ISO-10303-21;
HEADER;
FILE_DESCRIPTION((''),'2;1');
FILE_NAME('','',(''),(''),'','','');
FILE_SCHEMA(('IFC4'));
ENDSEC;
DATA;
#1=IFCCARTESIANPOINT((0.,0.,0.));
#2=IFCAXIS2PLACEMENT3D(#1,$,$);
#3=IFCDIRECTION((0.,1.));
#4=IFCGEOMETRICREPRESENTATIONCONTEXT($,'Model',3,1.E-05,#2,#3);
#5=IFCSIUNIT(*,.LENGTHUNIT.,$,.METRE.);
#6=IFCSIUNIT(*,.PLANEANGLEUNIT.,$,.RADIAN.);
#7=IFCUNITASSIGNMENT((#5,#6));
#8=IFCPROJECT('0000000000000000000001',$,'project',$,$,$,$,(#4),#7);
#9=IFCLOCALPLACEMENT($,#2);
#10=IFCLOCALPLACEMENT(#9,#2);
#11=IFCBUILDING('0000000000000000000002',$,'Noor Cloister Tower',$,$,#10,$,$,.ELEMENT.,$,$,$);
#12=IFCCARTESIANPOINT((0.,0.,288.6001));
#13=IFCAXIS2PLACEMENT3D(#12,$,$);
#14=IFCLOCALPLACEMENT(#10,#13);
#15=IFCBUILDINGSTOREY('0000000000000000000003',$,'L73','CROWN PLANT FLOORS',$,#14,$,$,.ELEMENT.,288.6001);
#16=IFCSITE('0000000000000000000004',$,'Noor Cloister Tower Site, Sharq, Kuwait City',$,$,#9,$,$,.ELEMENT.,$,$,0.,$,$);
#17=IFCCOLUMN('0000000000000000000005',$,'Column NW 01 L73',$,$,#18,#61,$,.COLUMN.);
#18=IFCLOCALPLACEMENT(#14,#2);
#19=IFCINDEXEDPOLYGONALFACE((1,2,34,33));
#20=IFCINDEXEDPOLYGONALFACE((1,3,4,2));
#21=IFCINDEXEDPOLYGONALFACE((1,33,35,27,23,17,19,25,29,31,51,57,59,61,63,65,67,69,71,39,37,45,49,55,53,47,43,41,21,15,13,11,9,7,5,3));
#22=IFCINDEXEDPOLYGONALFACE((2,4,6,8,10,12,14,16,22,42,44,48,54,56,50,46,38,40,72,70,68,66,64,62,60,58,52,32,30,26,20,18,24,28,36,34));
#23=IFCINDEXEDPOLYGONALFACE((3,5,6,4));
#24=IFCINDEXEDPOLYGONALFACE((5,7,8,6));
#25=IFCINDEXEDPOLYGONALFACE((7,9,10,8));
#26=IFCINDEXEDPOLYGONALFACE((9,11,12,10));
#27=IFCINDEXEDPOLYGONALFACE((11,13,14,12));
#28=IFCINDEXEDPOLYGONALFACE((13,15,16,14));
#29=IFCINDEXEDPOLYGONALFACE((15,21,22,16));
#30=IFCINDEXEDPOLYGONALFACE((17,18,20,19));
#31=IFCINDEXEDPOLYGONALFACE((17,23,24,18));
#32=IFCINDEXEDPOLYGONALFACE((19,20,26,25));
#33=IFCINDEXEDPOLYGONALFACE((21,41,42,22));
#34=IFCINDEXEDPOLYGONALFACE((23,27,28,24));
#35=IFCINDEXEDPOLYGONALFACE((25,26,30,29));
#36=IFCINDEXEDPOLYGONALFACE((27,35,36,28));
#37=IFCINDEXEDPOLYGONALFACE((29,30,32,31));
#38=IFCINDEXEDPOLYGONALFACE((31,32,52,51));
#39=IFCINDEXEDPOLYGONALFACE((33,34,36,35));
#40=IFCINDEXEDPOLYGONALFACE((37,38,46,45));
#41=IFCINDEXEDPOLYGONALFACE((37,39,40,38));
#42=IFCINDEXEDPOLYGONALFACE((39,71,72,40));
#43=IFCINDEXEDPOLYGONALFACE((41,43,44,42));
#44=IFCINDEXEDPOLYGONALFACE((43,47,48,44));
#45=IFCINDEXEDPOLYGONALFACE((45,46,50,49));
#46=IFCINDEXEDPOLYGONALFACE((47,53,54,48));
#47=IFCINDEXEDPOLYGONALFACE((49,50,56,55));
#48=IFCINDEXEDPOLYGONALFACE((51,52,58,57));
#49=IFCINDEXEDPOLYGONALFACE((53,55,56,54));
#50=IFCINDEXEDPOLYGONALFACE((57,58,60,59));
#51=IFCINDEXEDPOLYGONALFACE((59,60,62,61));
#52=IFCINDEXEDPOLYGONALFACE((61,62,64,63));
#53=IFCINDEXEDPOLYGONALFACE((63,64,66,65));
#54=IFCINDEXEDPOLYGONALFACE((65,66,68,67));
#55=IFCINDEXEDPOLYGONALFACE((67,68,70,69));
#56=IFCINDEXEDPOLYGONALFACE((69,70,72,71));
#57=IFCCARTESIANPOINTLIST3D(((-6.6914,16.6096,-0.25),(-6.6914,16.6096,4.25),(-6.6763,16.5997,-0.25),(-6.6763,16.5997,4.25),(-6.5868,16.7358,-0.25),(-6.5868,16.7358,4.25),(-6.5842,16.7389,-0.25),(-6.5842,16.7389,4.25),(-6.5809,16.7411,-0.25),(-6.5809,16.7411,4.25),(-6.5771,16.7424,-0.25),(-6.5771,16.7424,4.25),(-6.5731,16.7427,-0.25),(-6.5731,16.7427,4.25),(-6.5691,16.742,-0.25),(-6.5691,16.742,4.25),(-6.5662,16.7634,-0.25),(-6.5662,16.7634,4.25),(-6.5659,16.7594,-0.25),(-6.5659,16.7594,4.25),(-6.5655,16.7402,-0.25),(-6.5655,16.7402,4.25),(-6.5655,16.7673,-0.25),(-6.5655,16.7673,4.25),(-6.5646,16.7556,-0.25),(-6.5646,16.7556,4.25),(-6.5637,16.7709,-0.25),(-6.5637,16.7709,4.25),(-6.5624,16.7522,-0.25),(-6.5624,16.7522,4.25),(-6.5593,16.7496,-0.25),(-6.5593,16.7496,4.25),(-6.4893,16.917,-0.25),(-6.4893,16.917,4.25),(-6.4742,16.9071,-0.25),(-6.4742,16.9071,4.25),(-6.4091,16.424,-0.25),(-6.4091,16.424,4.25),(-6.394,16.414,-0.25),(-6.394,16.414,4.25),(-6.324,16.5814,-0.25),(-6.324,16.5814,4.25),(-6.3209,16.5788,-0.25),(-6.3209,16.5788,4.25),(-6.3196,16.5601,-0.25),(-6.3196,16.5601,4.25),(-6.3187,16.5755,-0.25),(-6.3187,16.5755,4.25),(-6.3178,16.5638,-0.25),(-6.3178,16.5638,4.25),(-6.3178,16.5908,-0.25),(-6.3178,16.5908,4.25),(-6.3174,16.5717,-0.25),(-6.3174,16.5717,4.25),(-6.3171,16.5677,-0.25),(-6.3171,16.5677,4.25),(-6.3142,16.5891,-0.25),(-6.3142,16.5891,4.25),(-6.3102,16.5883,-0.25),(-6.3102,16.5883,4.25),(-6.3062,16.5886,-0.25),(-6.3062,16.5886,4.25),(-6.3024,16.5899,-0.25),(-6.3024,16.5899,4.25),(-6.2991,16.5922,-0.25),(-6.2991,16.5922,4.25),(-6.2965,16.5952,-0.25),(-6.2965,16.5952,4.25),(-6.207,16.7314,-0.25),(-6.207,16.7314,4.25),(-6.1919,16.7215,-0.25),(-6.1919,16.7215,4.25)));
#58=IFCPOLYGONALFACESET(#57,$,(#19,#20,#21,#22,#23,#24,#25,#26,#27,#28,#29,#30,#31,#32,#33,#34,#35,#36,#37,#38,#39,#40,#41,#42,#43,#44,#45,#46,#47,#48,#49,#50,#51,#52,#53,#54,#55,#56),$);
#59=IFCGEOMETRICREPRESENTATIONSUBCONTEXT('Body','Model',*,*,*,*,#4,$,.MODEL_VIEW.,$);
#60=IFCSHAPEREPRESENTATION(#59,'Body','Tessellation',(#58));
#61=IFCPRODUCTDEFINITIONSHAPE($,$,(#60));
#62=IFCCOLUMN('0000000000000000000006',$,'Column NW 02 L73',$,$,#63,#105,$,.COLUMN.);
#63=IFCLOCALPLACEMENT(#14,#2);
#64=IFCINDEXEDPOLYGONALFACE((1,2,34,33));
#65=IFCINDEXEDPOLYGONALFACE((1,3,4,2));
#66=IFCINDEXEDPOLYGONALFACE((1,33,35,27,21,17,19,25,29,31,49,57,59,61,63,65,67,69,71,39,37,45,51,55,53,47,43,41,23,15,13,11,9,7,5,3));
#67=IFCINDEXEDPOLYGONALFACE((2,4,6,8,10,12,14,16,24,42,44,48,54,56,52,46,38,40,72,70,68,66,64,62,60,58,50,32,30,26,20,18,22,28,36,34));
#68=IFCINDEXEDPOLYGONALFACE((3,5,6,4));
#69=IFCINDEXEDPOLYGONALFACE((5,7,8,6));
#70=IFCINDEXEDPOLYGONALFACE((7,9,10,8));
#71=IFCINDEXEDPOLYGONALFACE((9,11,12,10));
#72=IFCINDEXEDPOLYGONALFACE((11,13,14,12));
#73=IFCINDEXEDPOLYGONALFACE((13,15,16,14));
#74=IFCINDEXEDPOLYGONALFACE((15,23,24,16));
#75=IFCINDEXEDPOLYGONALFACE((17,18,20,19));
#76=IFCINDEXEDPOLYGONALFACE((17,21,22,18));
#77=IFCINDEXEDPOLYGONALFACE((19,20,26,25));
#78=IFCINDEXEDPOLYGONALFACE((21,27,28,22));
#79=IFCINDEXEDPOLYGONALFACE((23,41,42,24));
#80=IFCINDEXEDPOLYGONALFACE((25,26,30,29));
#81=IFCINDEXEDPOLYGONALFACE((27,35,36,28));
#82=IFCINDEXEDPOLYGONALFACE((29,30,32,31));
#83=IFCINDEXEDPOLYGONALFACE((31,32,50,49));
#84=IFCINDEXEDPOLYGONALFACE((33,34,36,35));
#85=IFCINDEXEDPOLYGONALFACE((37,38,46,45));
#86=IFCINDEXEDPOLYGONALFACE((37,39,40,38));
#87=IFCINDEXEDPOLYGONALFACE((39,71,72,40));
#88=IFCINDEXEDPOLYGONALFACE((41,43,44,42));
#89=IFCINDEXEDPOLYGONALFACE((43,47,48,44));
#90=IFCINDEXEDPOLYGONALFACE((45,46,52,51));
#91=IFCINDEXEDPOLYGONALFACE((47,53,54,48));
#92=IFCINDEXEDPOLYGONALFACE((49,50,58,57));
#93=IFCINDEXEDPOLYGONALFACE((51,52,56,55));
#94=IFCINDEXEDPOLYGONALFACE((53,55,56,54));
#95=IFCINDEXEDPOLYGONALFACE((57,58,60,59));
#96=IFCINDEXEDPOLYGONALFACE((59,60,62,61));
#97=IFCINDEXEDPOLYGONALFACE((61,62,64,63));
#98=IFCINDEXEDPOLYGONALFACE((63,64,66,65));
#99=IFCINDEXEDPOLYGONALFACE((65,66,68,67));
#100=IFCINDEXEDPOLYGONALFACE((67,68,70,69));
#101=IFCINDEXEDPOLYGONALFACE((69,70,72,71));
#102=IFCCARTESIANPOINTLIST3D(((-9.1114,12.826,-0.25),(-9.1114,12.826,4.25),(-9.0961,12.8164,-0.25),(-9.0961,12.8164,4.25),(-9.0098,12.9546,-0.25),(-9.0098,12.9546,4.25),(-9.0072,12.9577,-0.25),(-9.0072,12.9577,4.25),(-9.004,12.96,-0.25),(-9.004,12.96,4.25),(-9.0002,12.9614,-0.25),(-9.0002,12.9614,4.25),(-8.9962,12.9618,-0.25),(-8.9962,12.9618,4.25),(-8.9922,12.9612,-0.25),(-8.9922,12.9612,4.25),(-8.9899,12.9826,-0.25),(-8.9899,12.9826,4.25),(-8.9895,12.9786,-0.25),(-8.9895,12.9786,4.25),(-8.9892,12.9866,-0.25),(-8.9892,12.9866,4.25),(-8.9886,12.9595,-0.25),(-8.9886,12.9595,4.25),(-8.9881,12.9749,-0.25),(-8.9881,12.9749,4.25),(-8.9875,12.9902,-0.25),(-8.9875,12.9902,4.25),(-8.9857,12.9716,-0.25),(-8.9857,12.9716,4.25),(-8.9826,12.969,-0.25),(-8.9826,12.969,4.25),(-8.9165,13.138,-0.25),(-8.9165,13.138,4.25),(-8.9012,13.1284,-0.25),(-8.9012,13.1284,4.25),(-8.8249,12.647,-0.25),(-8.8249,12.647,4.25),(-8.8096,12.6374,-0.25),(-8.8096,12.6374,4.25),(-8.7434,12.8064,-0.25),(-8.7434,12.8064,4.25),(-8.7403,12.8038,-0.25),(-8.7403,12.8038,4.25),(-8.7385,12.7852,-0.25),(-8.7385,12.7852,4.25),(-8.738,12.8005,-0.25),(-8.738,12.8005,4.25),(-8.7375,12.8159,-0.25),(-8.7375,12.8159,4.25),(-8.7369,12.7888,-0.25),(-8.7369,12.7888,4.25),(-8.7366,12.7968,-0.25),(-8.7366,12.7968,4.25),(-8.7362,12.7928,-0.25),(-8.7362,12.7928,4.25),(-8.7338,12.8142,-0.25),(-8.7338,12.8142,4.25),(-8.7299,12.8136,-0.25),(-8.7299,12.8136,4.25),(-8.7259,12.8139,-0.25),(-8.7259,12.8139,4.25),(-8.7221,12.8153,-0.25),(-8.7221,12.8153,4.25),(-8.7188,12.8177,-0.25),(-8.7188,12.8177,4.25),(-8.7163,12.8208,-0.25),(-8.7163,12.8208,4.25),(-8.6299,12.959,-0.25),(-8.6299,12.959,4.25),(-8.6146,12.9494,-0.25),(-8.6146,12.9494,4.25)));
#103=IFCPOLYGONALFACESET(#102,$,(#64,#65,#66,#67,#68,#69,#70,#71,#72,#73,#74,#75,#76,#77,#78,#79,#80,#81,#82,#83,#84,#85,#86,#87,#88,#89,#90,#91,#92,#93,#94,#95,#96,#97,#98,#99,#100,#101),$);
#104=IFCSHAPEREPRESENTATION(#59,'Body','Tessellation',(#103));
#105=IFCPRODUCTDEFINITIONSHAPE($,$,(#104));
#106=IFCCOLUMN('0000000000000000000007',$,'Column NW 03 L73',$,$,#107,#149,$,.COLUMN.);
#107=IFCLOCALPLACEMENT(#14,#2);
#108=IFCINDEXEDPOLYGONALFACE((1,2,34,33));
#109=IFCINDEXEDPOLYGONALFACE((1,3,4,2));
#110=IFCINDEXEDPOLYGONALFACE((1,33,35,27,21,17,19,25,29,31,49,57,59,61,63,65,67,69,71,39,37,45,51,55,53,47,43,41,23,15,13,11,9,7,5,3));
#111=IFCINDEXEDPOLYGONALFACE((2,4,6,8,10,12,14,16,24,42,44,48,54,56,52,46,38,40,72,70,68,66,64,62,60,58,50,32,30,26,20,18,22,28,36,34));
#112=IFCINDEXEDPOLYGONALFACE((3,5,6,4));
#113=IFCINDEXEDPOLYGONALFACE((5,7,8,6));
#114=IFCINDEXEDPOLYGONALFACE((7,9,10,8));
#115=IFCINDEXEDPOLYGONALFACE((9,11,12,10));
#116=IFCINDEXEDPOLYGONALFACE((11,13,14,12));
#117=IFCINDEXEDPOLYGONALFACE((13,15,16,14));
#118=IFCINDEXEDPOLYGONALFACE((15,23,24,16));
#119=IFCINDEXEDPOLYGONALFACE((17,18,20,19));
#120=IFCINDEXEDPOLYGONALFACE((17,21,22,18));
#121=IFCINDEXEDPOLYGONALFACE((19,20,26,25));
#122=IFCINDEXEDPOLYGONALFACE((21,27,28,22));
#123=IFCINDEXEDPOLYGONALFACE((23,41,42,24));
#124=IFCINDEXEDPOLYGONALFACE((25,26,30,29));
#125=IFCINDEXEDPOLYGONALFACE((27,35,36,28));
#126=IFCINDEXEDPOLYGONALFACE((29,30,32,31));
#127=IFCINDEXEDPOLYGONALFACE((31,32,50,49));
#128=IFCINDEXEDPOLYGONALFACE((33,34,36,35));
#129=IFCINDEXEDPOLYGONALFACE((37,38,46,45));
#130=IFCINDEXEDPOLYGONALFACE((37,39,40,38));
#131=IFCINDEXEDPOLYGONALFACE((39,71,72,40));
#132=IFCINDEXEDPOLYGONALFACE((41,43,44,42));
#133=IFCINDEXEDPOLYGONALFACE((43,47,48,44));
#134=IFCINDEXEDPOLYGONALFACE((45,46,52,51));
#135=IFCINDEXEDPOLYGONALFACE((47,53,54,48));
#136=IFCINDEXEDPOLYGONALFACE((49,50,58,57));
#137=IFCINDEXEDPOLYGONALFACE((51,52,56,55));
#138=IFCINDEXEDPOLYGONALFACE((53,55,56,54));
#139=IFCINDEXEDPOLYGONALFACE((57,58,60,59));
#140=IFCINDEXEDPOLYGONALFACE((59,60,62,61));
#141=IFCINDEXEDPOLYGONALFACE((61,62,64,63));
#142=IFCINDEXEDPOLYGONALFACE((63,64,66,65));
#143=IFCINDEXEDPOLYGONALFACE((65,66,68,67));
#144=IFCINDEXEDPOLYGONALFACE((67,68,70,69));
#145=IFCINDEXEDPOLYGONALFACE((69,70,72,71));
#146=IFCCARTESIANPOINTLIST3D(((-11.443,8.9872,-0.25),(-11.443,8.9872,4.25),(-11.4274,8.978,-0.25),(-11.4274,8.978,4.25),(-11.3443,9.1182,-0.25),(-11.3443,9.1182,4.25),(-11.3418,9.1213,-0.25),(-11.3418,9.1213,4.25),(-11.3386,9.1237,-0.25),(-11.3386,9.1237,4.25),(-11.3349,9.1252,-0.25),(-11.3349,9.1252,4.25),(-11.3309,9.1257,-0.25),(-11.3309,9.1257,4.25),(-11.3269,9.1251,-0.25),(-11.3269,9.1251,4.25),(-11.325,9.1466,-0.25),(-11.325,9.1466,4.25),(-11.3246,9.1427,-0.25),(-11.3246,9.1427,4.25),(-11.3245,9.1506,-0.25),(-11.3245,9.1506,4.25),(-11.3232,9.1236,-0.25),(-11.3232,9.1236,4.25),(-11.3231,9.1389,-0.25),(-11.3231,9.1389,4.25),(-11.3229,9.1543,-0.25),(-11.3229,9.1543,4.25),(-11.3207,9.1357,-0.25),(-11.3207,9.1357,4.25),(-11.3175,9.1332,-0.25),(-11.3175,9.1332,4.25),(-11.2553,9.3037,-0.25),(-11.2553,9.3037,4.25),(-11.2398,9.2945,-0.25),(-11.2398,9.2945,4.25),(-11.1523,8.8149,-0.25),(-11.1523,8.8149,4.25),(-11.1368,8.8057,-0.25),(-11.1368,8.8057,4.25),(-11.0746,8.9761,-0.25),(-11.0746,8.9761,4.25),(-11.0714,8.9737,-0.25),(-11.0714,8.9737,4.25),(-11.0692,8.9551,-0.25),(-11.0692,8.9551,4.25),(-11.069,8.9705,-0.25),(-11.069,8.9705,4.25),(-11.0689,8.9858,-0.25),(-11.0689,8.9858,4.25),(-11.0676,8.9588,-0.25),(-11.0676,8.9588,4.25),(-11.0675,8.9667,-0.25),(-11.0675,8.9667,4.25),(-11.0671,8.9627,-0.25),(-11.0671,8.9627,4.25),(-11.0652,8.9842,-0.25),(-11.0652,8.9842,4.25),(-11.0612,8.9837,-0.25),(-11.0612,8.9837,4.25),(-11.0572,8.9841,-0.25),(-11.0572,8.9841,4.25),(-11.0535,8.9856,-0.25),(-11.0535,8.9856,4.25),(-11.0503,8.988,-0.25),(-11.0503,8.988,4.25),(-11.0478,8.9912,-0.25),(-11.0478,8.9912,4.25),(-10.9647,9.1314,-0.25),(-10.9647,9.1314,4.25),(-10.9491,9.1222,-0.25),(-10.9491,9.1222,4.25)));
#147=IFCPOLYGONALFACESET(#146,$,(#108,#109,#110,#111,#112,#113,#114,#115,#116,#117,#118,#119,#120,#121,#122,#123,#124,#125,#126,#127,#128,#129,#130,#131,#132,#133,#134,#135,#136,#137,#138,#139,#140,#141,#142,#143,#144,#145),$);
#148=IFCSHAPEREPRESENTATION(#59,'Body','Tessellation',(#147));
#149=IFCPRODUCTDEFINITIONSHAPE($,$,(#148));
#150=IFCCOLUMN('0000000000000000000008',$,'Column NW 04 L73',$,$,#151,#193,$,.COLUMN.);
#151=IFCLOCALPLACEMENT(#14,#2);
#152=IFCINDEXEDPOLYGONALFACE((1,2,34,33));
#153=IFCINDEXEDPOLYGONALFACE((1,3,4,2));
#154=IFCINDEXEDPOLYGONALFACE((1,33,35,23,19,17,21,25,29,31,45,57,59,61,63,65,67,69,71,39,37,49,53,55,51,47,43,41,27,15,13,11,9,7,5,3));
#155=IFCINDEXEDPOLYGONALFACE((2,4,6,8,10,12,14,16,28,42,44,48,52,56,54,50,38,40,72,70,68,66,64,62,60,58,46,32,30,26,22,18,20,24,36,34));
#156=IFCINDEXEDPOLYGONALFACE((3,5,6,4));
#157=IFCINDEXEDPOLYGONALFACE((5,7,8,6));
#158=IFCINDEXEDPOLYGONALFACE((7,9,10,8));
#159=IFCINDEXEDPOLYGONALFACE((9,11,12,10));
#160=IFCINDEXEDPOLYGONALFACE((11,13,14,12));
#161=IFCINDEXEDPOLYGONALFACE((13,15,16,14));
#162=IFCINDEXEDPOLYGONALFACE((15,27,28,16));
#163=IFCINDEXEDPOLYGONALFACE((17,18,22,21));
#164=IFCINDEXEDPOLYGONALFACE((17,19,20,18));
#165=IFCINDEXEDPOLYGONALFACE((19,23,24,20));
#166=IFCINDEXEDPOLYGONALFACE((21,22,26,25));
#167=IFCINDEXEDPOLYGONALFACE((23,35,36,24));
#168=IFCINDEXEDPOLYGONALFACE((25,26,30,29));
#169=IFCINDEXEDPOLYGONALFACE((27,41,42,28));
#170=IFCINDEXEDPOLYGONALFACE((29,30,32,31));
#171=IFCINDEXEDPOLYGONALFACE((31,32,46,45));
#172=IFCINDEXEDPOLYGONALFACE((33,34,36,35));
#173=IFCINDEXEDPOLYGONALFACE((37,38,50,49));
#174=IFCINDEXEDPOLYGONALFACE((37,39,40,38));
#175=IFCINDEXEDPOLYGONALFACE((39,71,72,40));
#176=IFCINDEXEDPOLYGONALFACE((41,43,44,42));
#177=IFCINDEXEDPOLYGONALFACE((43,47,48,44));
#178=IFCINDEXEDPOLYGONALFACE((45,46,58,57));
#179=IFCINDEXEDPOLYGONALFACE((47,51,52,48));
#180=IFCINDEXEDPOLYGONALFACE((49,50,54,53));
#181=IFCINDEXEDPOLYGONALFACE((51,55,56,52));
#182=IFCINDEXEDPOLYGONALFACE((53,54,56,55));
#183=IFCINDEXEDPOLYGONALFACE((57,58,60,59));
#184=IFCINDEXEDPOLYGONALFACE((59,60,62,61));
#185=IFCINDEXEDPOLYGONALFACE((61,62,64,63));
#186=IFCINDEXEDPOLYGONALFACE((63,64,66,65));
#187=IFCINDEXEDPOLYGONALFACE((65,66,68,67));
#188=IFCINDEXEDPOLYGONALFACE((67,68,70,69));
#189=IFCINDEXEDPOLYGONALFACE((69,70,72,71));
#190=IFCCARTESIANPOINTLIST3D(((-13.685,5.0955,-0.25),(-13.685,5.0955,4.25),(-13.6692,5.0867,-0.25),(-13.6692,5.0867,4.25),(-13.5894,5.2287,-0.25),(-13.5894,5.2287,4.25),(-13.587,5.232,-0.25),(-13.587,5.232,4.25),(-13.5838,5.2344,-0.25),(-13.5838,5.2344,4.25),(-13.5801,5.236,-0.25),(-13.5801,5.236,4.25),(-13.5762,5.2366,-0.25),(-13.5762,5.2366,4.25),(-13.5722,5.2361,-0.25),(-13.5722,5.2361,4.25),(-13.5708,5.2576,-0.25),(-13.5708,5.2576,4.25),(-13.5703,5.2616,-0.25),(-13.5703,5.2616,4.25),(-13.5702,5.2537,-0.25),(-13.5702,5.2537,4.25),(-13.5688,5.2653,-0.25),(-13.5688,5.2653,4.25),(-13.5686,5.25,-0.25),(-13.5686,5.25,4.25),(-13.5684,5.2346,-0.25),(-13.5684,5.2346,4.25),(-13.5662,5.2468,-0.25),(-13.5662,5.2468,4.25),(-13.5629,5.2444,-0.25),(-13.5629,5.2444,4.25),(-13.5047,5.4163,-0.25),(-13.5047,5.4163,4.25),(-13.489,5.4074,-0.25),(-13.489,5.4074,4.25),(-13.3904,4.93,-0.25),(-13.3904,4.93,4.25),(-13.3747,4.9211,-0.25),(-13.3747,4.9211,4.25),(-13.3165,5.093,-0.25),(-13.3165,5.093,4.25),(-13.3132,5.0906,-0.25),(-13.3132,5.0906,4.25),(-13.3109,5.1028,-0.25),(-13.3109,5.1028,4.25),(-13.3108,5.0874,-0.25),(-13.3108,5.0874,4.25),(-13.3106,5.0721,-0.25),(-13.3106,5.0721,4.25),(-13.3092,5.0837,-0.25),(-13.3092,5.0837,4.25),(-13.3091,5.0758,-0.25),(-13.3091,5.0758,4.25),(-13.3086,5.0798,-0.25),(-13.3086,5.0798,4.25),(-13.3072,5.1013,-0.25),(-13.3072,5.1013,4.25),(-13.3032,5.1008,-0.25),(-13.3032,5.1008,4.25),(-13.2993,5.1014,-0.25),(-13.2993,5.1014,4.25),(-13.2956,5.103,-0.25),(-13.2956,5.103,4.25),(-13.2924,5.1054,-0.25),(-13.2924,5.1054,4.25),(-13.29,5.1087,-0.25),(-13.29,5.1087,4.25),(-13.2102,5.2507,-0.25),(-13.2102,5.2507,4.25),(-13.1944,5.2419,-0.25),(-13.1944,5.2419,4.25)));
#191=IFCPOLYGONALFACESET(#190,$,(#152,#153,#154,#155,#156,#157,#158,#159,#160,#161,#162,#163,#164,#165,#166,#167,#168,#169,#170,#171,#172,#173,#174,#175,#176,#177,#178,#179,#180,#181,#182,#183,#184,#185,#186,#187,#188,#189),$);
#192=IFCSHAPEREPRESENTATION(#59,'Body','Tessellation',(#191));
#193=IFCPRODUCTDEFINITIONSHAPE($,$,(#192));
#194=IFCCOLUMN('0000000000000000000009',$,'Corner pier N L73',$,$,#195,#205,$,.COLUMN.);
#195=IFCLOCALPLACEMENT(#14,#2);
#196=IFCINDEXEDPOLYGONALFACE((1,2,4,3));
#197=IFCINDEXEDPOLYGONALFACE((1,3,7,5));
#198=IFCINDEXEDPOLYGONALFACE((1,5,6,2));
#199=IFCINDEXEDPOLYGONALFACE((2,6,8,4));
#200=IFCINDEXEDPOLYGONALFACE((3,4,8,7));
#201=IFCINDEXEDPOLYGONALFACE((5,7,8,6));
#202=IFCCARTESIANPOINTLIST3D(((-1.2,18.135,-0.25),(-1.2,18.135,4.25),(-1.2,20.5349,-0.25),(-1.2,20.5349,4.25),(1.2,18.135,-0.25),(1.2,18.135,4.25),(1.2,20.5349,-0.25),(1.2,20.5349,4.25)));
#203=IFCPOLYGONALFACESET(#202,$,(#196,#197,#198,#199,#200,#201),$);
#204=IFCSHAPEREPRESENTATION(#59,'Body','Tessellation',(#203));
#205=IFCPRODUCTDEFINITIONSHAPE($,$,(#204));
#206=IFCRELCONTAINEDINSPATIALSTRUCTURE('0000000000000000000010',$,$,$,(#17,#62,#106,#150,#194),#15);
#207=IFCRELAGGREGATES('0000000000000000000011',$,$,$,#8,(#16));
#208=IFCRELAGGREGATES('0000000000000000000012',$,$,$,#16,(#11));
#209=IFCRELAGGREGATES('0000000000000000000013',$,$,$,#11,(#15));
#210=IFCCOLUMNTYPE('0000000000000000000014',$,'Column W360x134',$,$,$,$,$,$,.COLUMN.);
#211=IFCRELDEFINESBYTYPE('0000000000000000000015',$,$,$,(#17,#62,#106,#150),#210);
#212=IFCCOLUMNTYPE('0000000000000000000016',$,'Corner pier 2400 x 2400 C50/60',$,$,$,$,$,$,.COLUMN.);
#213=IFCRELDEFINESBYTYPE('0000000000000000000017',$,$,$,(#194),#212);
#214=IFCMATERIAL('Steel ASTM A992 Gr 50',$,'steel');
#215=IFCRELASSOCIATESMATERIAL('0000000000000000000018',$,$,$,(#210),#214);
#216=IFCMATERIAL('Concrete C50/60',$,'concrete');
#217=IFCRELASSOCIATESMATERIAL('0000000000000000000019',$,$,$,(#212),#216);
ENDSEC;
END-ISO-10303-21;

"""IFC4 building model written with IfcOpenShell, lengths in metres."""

from ifc_helpers import new_model, si_unit, direction, frame, origin, origin_2d, place, context, subcontext, project, spatial, rectangle, i_section, extrude, material, material_profile, profile_set, type_object, element, save


model = new_model("IFC4")

# Units and contexts
model_context = context("Model", 3, precision=1e-05, world=origin(), true_north=direction((0.0, 1.0)))
body_context = subcontext(model_context, "Body", "Model", "MODEL_VIEW")
ifc_project = project(units=[si_unit("LENGTHUNIT", "METRE"), si_unit("PLANEANGLEUNIT", "RADIAN")], contexts=[model_context])

# Site, building, storey
site_placement = place(None, origin())
site = spatial("IfcSite", under=ifc_project, at=site_placement, Name="Noor Cloister Tower Site, Sharq, Kuwait City", CompositionType="ELEMENT", RefElevation=0.0)
building_placement = place(site_placement, origin())
building = spatial("IfcBuilding", under=site, at=building_placement, Name="Noor Cloister Tower", CompositionType="ELEMENT")
storey_placement = place(building_placement, frame((0.0, 0.0, 288.6001)))
storey = spatial("IfcBuildingStorey", under=building, at=storey_placement, Name="L73", Description="CROWN PLANT FLOORS", CompositionType="ELEMENT", Elevation=288.6001)

# Columns
ifc_material_1 = material(Name="Steel ASTM A992 Gr 50", Category="steel")
ifc_material_profile_1 = material_profile(ifc_material_1, i_section(OverallWidth=0.3679, OverallDepth=0.356, WebThickness=0.0112, FlangeThickness=0.0181, FilletRadius=0.0154, at=origin_2d()), Name="W360x134")
ifc_profile_set_1 = profile_set([ifc_material_profile_1], Name="Steel ASTM A992 Gr 50")
column_type_1 = type_object("IfcColumnType", Name="Column W360x134", PredefinedType="COLUMN", material=ifc_profile_set_1)
for number, where, z_axis, x_axis, name in (
    (1, (-6.4417, 16.6655, -0.25), (0.0, 0.0, 1.0), (-0.549345, -0.835596, 0.0), "Column NW 01 L73"),
    (2, (-8.863, 12.8877, -0.25), (0.0, 0.0, 1.0), (-0.529819, -0.848111, 0.0), "Column NW 02 L73"),
    (3, (-11.196, 9.0547, -0.25), (0.0, 0.0, 1.0), (-0.510009, -0.860169, 0.0), "Column NW 03 L73"),
    (4, (-13.4397, 5.1687, -0.25), (0.0, 0.0, 1.0), (-0.489924, -0.871765, 0.0), "Column NW 04 L73"),
):
    element("IfcColumn", number, at=place(storey_placement, frame(where, z_axis=z_axis, x_axis=x_axis)), inside=storey, type_object=column_type_1, Name=name, PredefinedType="COLUMN", context=body_context, shape_type="SweptSolid", body=[
        extrude(i_section(OverallWidth=0.3679, OverallDepth=0.356, WebThickness=0.0112, FlangeThickness=0.0181, FilletRadius=0.0154, at=origin_2d()), origin(), (0.0, 0.0, 1.0), 4.5),
    ])
ifc_material_2 = material(Name="Concrete C50/60", Category="concrete")
ifc_material_profile_2 = material_profile(ifc_material_2, rectangle(XDim=2.3999, YDim=2.3999, at=origin_2d()), Name="RC 2400x2400")
ifc_profile_set_2 = profile_set([ifc_material_profile_2], Name="Concrete C50/60")
column_type_2 = type_object("IfcColumnType", Name="Corner pier 2400 x 2400 C50/60", PredefinedType="COLUMN", material=ifc_profile_set_2)
column_placement = place(storey_placement, frame((0.0, 19.335, -0.25), z_axis=(0.0, 0.0, 1.0), x_axis=(0.0, 1.0, 0.0)))
element("IfcColumn", 5, at=column_placement, inside=storey, type_object=column_type_2, Name="Corner pier N L73", PredefinedType="COLUMN", context=body_context, shape_type="SweptSolid", body=[
    extrude(rectangle(XDim=2.3999, YDim=2.3999, at=origin_2d()), origin(), (0.0, 0.0, 1.0), 4.5),
])

save(model, "model.ifc")
